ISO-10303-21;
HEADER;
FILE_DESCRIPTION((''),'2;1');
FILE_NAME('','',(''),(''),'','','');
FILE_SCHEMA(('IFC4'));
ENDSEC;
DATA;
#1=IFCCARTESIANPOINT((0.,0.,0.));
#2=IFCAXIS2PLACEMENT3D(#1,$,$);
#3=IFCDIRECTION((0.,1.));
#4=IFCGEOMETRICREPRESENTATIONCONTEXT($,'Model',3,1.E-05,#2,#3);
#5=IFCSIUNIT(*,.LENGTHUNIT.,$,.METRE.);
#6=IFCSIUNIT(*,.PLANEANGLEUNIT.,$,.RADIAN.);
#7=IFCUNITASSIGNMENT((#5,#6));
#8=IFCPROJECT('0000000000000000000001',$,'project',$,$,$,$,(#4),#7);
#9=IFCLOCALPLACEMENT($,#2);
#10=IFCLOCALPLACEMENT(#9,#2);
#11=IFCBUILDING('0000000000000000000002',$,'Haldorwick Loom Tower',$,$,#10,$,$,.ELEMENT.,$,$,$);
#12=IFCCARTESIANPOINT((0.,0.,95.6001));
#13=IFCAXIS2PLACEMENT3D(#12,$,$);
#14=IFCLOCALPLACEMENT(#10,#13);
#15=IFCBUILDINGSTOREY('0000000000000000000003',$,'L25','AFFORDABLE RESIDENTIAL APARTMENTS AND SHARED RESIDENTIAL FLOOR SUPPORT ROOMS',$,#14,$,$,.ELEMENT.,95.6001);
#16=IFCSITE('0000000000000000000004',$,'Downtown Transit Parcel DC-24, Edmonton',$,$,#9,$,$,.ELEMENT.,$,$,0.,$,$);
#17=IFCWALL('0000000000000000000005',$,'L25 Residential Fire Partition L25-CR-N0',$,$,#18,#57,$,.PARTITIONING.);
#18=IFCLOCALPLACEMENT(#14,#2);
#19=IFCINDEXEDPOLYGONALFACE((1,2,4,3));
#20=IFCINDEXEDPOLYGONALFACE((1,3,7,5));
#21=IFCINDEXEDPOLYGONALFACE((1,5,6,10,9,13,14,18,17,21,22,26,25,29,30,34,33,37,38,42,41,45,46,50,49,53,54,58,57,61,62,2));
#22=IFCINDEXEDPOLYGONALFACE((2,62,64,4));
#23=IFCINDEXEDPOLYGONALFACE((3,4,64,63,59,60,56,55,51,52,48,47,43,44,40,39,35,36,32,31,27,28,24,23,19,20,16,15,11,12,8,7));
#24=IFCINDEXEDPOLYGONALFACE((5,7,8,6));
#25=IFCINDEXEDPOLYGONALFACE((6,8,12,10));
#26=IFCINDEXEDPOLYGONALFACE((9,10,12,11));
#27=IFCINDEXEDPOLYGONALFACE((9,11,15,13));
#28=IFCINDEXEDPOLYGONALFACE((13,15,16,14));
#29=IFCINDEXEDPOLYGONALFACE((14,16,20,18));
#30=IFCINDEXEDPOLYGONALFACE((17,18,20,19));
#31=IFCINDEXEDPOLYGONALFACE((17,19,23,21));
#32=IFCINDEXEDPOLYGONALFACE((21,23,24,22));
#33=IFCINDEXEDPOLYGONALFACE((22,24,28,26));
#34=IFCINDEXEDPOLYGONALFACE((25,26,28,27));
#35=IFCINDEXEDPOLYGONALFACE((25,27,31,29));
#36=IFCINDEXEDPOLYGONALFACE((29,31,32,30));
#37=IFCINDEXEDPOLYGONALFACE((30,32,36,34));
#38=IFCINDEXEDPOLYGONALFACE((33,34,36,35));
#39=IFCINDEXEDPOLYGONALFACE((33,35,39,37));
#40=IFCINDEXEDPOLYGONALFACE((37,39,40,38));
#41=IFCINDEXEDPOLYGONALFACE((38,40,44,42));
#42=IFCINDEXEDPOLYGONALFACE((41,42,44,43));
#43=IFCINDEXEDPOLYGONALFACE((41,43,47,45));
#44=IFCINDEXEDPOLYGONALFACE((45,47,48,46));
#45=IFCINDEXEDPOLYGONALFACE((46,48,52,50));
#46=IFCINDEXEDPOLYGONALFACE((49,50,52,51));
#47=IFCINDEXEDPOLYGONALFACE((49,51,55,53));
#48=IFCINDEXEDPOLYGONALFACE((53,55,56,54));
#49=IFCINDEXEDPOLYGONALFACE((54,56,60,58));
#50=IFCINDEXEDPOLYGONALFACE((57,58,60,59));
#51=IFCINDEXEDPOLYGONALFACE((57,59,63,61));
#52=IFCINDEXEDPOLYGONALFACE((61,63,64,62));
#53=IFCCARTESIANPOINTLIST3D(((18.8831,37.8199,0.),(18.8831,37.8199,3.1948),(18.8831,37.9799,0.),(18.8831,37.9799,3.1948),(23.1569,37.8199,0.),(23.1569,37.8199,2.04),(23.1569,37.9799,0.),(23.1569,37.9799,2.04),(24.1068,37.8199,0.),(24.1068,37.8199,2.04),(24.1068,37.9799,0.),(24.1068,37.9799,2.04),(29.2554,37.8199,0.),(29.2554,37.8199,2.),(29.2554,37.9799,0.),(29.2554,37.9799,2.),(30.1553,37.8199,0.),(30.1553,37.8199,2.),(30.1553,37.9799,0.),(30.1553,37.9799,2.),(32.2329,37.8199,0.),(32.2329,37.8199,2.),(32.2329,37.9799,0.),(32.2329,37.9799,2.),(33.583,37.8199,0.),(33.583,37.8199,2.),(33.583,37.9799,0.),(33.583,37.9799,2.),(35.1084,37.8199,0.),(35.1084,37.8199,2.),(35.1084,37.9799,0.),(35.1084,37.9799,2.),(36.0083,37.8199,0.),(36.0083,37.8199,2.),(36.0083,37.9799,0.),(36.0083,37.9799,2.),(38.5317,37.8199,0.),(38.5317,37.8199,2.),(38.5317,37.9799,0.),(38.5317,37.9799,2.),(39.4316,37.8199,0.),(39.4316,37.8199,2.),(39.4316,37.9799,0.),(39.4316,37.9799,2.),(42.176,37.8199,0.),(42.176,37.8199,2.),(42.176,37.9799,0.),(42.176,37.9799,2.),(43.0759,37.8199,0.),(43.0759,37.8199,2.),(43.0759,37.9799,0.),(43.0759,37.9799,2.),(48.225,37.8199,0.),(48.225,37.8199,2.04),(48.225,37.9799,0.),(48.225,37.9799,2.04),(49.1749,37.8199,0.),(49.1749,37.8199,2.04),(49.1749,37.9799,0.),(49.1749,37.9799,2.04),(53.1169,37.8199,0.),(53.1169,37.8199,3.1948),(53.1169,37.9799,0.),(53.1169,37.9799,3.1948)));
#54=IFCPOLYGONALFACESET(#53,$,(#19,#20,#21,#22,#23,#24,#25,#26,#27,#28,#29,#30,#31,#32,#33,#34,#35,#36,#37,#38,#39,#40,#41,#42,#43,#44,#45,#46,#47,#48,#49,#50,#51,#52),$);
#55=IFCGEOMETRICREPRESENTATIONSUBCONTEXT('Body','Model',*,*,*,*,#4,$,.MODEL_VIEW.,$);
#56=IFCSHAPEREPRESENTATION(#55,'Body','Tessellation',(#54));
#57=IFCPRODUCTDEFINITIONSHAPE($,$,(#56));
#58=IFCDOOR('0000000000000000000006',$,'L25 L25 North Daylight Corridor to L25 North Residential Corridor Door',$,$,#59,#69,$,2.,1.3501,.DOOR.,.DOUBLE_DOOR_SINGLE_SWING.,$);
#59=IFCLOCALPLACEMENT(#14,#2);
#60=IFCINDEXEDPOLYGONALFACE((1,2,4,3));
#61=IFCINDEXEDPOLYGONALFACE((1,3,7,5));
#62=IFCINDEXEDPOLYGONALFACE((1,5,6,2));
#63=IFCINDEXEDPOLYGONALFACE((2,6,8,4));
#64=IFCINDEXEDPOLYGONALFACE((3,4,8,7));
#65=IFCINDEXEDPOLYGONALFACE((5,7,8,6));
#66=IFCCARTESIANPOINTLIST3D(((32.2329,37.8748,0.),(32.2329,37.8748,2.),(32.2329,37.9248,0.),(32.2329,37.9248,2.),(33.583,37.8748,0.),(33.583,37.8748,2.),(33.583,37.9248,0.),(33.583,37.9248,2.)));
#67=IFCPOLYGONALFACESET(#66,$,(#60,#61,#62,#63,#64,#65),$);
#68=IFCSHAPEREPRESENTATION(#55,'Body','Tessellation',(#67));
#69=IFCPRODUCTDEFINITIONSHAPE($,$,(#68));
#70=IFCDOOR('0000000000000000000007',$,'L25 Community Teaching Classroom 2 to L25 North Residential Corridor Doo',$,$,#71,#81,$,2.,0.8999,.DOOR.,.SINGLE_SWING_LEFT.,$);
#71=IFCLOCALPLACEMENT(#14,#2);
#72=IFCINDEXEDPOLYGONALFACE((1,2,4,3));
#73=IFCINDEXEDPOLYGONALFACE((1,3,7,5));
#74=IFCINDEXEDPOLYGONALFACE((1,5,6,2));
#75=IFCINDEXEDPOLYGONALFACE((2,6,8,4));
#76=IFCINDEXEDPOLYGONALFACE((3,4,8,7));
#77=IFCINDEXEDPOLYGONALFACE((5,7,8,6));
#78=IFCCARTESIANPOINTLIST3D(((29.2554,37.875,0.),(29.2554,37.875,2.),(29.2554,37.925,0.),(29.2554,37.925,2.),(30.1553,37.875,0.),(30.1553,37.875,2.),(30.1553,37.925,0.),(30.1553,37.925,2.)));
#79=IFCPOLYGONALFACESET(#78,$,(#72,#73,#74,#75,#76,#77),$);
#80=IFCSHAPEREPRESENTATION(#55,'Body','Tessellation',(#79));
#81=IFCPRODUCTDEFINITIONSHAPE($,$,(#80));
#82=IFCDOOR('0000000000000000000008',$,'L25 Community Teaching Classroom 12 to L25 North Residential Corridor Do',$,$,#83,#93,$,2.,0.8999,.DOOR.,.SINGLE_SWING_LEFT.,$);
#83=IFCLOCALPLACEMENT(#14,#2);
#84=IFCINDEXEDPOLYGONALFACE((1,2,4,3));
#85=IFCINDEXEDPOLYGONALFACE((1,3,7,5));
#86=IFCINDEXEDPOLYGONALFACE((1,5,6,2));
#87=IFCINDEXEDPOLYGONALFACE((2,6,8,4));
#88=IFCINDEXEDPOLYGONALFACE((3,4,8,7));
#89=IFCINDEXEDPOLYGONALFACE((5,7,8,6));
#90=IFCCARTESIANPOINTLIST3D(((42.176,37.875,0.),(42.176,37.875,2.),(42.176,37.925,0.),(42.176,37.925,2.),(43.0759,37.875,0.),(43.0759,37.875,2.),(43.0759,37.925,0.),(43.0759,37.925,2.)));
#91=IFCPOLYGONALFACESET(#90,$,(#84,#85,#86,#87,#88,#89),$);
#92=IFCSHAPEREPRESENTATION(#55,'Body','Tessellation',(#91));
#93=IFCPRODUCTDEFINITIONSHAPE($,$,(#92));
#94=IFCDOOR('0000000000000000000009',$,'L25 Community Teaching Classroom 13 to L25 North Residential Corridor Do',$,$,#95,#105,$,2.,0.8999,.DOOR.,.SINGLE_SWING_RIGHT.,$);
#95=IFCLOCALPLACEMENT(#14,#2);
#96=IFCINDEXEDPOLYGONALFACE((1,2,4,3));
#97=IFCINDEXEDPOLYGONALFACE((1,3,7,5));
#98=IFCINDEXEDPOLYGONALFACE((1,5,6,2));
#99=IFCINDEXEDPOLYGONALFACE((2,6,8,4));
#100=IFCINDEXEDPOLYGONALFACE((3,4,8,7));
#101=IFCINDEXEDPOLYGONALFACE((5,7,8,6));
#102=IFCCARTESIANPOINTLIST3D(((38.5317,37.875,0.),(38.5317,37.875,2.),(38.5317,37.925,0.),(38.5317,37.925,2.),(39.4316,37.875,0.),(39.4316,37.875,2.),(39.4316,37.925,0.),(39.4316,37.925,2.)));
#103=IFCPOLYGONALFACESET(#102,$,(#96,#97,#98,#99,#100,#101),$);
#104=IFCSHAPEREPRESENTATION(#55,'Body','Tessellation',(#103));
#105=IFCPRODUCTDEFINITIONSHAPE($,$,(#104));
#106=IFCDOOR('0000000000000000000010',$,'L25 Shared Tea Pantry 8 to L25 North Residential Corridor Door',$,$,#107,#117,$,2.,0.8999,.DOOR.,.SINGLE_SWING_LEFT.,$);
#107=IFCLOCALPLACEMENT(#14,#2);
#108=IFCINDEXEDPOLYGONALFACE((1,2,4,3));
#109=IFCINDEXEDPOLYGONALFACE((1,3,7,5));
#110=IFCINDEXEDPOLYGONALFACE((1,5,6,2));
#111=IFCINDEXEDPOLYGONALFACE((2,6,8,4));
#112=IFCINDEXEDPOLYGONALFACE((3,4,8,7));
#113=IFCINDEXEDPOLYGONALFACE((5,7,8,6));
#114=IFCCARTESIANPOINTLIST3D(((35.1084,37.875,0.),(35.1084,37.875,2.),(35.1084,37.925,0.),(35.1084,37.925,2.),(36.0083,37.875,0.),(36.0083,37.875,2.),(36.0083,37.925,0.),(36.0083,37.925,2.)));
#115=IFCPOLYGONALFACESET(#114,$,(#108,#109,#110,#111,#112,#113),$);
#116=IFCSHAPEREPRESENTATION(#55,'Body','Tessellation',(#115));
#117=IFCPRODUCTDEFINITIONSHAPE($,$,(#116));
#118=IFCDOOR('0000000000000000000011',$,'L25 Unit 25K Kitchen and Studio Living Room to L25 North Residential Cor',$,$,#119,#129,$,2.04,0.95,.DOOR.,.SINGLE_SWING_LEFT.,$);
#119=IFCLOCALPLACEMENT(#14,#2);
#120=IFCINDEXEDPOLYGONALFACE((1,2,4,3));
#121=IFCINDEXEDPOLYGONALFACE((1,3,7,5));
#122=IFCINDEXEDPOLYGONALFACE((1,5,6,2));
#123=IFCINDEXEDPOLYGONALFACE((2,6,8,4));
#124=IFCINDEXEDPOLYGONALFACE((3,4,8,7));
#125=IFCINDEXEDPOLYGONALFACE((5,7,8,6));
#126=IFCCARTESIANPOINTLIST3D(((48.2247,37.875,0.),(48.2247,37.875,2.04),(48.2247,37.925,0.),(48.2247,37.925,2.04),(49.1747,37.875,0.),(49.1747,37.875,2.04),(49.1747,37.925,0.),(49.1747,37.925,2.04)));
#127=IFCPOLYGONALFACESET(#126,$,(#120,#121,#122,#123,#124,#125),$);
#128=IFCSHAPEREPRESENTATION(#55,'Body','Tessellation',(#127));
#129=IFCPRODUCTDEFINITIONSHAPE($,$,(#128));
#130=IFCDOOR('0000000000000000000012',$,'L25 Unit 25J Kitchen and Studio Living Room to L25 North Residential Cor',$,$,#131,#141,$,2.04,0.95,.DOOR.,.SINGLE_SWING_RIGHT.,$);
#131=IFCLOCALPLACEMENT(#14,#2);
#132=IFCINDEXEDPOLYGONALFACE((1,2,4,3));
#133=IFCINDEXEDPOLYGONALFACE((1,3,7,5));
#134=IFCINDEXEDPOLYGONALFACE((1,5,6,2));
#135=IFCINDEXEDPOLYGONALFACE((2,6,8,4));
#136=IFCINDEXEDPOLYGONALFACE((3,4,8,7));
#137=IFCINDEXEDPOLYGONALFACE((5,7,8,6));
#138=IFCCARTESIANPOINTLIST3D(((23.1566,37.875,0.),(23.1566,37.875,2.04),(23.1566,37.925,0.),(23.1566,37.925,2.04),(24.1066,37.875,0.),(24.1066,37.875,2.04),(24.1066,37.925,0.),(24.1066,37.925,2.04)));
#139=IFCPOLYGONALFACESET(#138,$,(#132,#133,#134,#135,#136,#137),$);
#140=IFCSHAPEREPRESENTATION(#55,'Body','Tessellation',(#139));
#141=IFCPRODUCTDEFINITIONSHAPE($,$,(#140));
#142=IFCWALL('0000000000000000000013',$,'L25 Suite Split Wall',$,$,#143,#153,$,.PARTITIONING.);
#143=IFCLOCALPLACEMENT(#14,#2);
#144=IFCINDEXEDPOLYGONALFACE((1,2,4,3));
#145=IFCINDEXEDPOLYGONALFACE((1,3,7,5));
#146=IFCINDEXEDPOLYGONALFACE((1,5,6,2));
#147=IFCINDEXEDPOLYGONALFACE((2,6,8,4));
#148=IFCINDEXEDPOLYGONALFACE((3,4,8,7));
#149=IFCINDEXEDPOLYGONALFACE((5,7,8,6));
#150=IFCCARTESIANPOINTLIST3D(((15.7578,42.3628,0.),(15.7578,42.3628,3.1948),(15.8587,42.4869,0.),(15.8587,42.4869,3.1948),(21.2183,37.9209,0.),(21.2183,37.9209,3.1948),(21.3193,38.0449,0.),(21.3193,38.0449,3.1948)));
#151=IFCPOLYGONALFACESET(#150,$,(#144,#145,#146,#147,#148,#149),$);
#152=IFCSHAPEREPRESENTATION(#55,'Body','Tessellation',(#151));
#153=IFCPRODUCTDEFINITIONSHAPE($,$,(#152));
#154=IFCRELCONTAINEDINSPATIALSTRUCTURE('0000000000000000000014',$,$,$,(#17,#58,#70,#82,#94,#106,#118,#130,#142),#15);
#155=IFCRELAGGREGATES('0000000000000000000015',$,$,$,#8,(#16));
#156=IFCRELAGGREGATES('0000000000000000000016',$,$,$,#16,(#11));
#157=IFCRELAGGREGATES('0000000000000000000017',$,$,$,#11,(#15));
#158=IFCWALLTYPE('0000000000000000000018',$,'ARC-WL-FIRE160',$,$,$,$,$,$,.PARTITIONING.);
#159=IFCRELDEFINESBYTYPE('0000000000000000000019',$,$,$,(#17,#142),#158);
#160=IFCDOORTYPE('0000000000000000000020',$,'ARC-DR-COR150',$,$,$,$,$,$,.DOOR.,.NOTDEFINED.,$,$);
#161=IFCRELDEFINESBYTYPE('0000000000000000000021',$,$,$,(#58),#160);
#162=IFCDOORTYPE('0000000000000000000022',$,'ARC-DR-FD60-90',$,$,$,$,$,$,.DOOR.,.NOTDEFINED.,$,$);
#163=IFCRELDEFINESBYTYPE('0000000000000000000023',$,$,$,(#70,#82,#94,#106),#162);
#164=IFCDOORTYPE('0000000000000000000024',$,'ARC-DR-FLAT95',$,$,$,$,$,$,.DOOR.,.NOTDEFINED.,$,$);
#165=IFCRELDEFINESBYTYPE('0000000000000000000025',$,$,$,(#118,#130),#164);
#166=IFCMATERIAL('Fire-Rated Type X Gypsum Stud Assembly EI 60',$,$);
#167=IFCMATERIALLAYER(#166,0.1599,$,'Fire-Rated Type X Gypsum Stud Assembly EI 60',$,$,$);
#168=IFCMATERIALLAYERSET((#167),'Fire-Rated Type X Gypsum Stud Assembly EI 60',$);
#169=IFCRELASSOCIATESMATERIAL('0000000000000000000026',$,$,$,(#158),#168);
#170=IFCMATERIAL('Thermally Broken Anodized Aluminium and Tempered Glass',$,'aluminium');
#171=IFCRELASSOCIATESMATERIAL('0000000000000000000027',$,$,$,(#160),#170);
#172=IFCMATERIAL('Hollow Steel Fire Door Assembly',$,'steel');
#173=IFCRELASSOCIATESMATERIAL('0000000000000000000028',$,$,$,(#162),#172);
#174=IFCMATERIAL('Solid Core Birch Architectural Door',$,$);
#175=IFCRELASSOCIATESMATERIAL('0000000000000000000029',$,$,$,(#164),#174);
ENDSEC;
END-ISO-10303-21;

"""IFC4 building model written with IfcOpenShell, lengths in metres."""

from ifc_helpers import new_model, si_unit, direction, frame, frame_2d, origin, place, context, subcontext, project, spatial, rectangle, extrude, material, layer, layer_set, type_object, element, fill, save


model = new_model("IFC4")

# Units and contexts
model_context = context("Model", 3, precision=1e-05, world=origin(), true_north=direction((0.0, 1.0)))
body_context = subcontext(model_context, "Body", "Model", "MODEL_VIEW")
ifc_project = project(units=[si_unit("LENGTHUNIT", "METRE"), si_unit("PLANEANGLEUNIT", "RADIAN")], contexts=[model_context])

# Site, building, storey
site_placement = place(None, origin())
site = spatial("IfcSite", under=ifc_project, at=site_placement, Name="Downtown Transit Parcel DC-24, Edmonton", CompositionType="ELEMENT", RefElevation=0.0)
building_placement = place(site_placement, origin())
building = spatial("IfcBuilding", under=site, at=building_placement, Name="Haldorwick Loom Tower", CompositionType="ELEMENT")
storey_placement = place(building_placement, frame((0.0, 0.0, 95.6001)))
storey = spatial("IfcBuildingStorey", under=building, at=storey_placement, Name="L25", Description="AFFORDABLE RESIDENTIAL APARTMENTS AND SHARED RESIDENTIAL FLOOR SUPPORT ROOMS", CompositionType="ELEMENT", Elevation=95.6001)

# Wall, openings, doors
ifc_material_1 = material(Name="Fire-Rated Type X Gypsum Stud Assembly EI 60")
ifc_layer_1 = layer(ifc_material_1, 0.1599, Name="Fire-Rated Type X Gypsum Stud Assembly EI 60")
ifc_layer_set_1 = layer_set([ifc_layer_1], Name="Fire-Rated Type X Gypsum Stud Assembly EI 60")
wall_type_1 = type_object("IfcWallType", Name="ARC-WL-FIRE160", PredefinedType="PARTITIONING", material=ifc_layer_set_1)
wall_1_placement = place(storey_placement, frame((18.8831, 37.8999, 0.0), z_axis=(0.0, 0.0, 1.0), x_axis=(1.0, 0.0, 0.0)))
wall_1 = element("IfcWall", 1, at=wall_1_placement, inside=storey, type_object=wall_type_1, Name="L25 Residential Fire Partition L25-CR-N0", PredefinedType="PARTITIONING", context=body_context, shape_type="SweptSolid", body=[
    extrude(rectangle(XDim=34.2339, YDim=0.1599, at=frame_2d((17.1169, 0.0))), origin(), (0.0, 0.0, 1.0), 3.1948),
])
opening_1_placement = place(wall_1_placement, frame((13.3499, 0.0, 0.0)))
opening_1 = element("IfcOpeningElement", 2, at=opening_1_placement, cuts=wall_1, PredefinedType="OPENING", context=body_context, shape_type="SweptSolid", body=[
    extrude(rectangle(XDim=1.3501, YDim=2.0, at=frame_2d((0.675, 1.0))), frame((0.0, 0.0898, 0.0), z_axis=(0.0, -1.0, 0.0), x_axis=(1.0, 0.0, 0.0)), (0.0, 0.0, 1.0), 0.1799),
])
opening_2_placement = place(wall_1_placement, frame((29.3418, 0.0, 0.0)))
opening_2 = element("IfcOpeningElement", 3, at=opening_2_placement, cuts=wall_1, PredefinedType="OPENING", context=body_context, shape_type="SweptSolid", body=[
    extrude(rectangle(XDim=0.95, YDim=2.04, at=frame_2d((0.4751, 1.02))), frame((0.0, 0.0898, 0.0), z_axis=(0.0, -1.0, 0.0), x_axis=(1.0, 0.0, 0.0)), (0.0, 0.0, 1.0), 0.1799),
])
opening_3_placement = place(wall_1_placement, frame((4.2737, 0.0, 0.0)))
opening_3 = element("IfcOpeningElement", 4, at=opening_3_placement, cuts=wall_1, PredefinedType="OPENING", context=body_context, shape_type="SweptSolid", body=[
    extrude(rectangle(XDim=0.95, YDim=2.04, at=frame_2d((0.4751, 1.02))), frame((0.0, 0.0898, 0.0), z_axis=(0.0, -1.0, 0.0), x_axis=(1.0, 0.0, 0.0)), (0.0, 0.0, 1.0), 0.1799),
])
opening_4_placement = place(wall_1_placement, frame((10.3723, 0.0, 0.0)))
opening_4 = element("IfcOpeningElement", 5, at=opening_4_placement, cuts=wall_1, PredefinedType="OPENING", context=body_context, shape_type="SweptSolid", body=[
    extrude(rectangle(XDim=0.8999, YDim=2.0, at=frame_2d((0.45, 1.0))), frame((0.0, 0.0898, 0.0), z_axis=(0.0, -1.0, 0.0), x_axis=(1.0, 0.0, 0.0)), (0.0, 0.0, 1.0), 0.1799),
])
opening_5_placement = place(wall_1_placement, frame((23.293, 0.0, 0.0)))
opening_5 = element("IfcOpeningElement", 6, at=opening_5_placement, cuts=wall_1, PredefinedType="OPENING", context=body_context, shape_type="SweptSolid", body=[
    extrude(rectangle(XDim=0.8999, YDim=2.0, at=frame_2d((0.45, 1.0))), frame((0.0, 0.0898, 0.0), z_axis=(0.0, -1.0, 0.0), x_axis=(1.0, 0.0, 0.0)), (0.0, 0.0, 1.0), 0.1799),
])
opening_6_placement = place(wall_1_placement, frame((19.6487, 0.0, 0.0)))
opening_6 = element("IfcOpeningElement", 7, at=opening_6_placement, cuts=wall_1, PredefinedType="OPENING", context=body_context, shape_type="SweptSolid", body=[
    extrude(rectangle(XDim=0.8999, YDim=2.0, at=frame_2d((0.45, 1.0))), frame((0.0, 0.0898, 0.0), z_axis=(0.0, -1.0, 0.0), x_axis=(1.0, 0.0, 0.0)), (0.0, 0.0, 1.0), 0.1799),
])
opening_7_placement = place(wall_1_placement, frame((16.2253, 0.0, 0.0)))
opening_7 = element("IfcOpeningElement", 8, at=opening_7_placement, cuts=wall_1, PredefinedType="OPENING", context=body_context, shape_type="SweptSolid", body=[
    extrude(rectangle(XDim=0.8999, YDim=2.0, at=frame_2d((0.45, 1.0))), frame((0.0, 0.0898, 0.0), z_axis=(0.0, -1.0, 0.0), x_axis=(1.0, 0.0, 0.0)), (0.0, 0.0, 1.0), 0.1799),
])
ifc_material_2 = material(Name="Thermally Broken Anodized Aluminium and Tempered Glass", Category="aluminium")
door_type_1 = type_object("IfcDoorType", Name="ARC-DR-COR150", OperationType="NOTDEFINED", PredefinedType="DOOR", material=ifc_material_2)
door_1_placement = place(opening_1_placement, origin())
door_1 = element("IfcDoor", 9, at=door_1_placement, inside=storey, type_object=door_type_1, Name="L25 L25 North Daylight Corridor to L25 North Residential Corridor Door", OperationType="DOUBLE_DOOR_SINGLE_SWING", OverallHeight=2.0, OverallWidth=1.3501, PredefinedType="DOOR", context=body_context, shape_type="SweptSolid", body=[
    extrude(rectangle(XDim=1.3501, YDim=2.0, at=frame_2d((0.675, 1.0))), frame((0.0, 0.0249, 0.0), z_axis=(0.0, -1.0, 0.0), x_axis=(1.0, 0.0, 0.0)), (0.0, 0.0, 1.0), 0.05),
])
fill(opening_1, door_1)
ifc_material_3 = material(Name="Hollow Steel Fire Door Assembly", Category="steel")
door_type_2 = type_object("IfcDoorType", Name="ARC-DR-FD60-90", OperationType="NOTDEFINED", PredefinedType="DOOR", material=ifc_material_3)
door_2_placement = place(opening_4_placement, frame((0.8999, 0.0, 0.0), z_axis=(0.0, 0.0, 1.0), x_axis=(-1.0, 0.0, 0.0)))
door_2 = element("IfcDoor", 10, at=door_2_placement, inside=storey, type_object=door_type_2, Name="L25 Community Teaching Classroom 2 to L25 North Residential Corridor Doo", OperationType="SINGLE_SWING_LEFT", OverallHeight=2.0, OverallWidth=0.8999, PredefinedType="DOOR", context=body_context, shape_type="SweptSolid", body=[
    extrude(rectangle(XDim=0.8999, YDim=2.0, at=frame_2d((0.45, 1.0))), frame((0.0, 0.0249, 0.0), z_axis=(0.0, -1.0, 0.0), x_axis=(1.0, 0.0, 0.0)), (0.0, 0.0, 1.0), 0.05),
])
fill(opening_4, door_2)
door_3_placement = place(opening_5_placement, frame((0.8999, 0.0, 0.0), z_axis=(0.0, 0.0, 1.0), x_axis=(-1.0, 0.0, 0.0)))
door_3 = element("IfcDoor", 11, at=door_3_placement, inside=storey, type_object=door_type_2, Name="L25 Community Teaching Classroom 12 to L25 North Residential Corridor Do", OperationType="SINGLE_SWING_LEFT", OverallHeight=2.0, OverallWidth=0.8999, PredefinedType="DOOR", context=body_context, shape_type="SweptSolid", body=[
    extrude(rectangle(XDim=0.8999, YDim=2.0, at=frame_2d((0.45, 1.0))), frame((0.0, 0.0249, 0.0), z_axis=(0.0, -1.0, 0.0), x_axis=(1.0, 0.0, 0.0)), (0.0, 0.0, 1.0), 0.05),
])
fill(opening_5, door_3)
door_4_placement = place(opening_6_placement, frame((0.8999, 0.0, 0.0), z_axis=(0.0, 0.0, 1.0), x_axis=(-1.0, 0.0, 0.0)))
door_4 = element("IfcDoor", 12, at=door_4_placement, inside=storey, type_object=door_type_2, Name="L25 Community Teaching Classroom 13 to L25 North Residential Corridor Do", OperationType="SINGLE_SWING_RIGHT", OverallHeight=2.0, OverallWidth=0.8999, PredefinedType="DOOR", context=body_context, shape_type="SweptSolid", body=[
    extrude(rectangle(XDim=0.8999, YDim=2.0, at=frame_2d((0.45, 1.0))), frame((0.0, 0.0249, 0.0), z_axis=(0.0, -1.0, 0.0), x_axis=(1.0, 0.0, 0.0)), (0.0, 0.0, 1.0), 0.05),
])
fill(opening_6, door_4)
door_5_placement = place(opening_7_placement, frame((0.8999, 0.0, 0.0), z_axis=(0.0, 0.0, 1.0), x_axis=(-1.0, 0.0, 0.0)))
door_5 = element("IfcDoor", 13, at=door_5_placement, inside=storey, type_object=door_type_2, Name="L25 Shared Tea Pantry 8 to L25 North Residential Corridor Door", OperationType="SINGLE_SWING_LEFT", OverallHeight=2.0, OverallWidth=0.8999, PredefinedType="DOOR", context=body_context, shape_type="SweptSolid", body=[
    extrude(rectangle(XDim=0.8999, YDim=2.0, at=frame_2d((0.45, 1.0))), frame((0.0, 0.0249, 0.0), z_axis=(0.0, -1.0, 0.0), x_axis=(1.0, 0.0, 0.0)), (0.0, 0.0, 1.0), 0.05),
])
fill(opening_7, door_5)
ifc_material_4 = material(Name="Solid Core Birch Architectural Door")
door_type_3 = type_object("IfcDoorType", Name="ARC-DR-FLAT95", OperationType="NOTDEFINED", PredefinedType="DOOR", material=ifc_material_4)
door_6_placement = place(opening_2_placement, frame((0.95, 0.0, 0.0), z_axis=(0.0, 0.0, 1.0), x_axis=(-1.0, 0.0, 0.0)))
door_6 = element("IfcDoor", 14, at=door_6_placement, inside=storey, type_object=door_type_3, Name="L25 Unit 25K Kitchen and Studio Living Room to L25 North Residential Cor", OperationType="SINGLE_SWING_LEFT", OverallHeight=2.04, OverallWidth=0.95, PredefinedType="DOOR", context=body_context, shape_type="SweptSolid", body=[
    extrude(rectangle(XDim=0.95, YDim=2.04, at=frame_2d((0.4751, 1.02))), frame((0.0, 0.0249, 0.0), z_axis=(0.0, -1.0, 0.0), x_axis=(1.0, 0.0, 0.0)), (0.0, 0.0, 1.0), 0.05),
])
fill(opening_2, door_6)
door_7_placement = place(opening_3_placement, frame((0.95, 0.0, 0.0), z_axis=(0.0, 0.0, 1.0), x_axis=(-1.0, 0.0, 0.0)))
door_7 = element("IfcDoor", 15, at=door_7_placement, inside=storey, type_object=door_type_3, Name="L25 Unit 25J Kitchen and Studio Living Room to L25 North Residential Cor", OperationType="SINGLE_SWING_RIGHT", OverallHeight=2.04, OverallWidth=0.95, PredefinedType="DOOR", context=body_context, shape_type="SweptSolid", body=[
    extrude(rectangle(XDim=0.95, YDim=2.04, at=frame_2d((0.4751, 1.02))), frame((0.0, 0.0249, 0.0), z_axis=(0.0, -1.0, 0.0), x_axis=(1.0, 0.0, 0.0)), (0.0, 0.0, 1.0), 0.05),
])
fill(opening_3, door_7)

# Wall
wall_2_placement = place(storey_placement, frame((21.2688, 37.9829, 0.0), z_axis=(0.0, 0.0, 1.0), x_axis=(-0.775747, 0.631044, 0.0)))
element("IfcWall", 16, at=wall_2_placement, inside=storey, type_object=wall_type_1, Name="L25 Suite Split Wall", PredefinedType="PARTITIONING", context=body_context, shape_type="SweptSolid", body=[
    extrude(rectangle(XDim=7.0391, YDim=0.1599, at=frame_2d((3.5195, 0.0))), origin(), (0.0, 0.0, 1.0), 3.1948),
])

save(model, "model.ifc")
